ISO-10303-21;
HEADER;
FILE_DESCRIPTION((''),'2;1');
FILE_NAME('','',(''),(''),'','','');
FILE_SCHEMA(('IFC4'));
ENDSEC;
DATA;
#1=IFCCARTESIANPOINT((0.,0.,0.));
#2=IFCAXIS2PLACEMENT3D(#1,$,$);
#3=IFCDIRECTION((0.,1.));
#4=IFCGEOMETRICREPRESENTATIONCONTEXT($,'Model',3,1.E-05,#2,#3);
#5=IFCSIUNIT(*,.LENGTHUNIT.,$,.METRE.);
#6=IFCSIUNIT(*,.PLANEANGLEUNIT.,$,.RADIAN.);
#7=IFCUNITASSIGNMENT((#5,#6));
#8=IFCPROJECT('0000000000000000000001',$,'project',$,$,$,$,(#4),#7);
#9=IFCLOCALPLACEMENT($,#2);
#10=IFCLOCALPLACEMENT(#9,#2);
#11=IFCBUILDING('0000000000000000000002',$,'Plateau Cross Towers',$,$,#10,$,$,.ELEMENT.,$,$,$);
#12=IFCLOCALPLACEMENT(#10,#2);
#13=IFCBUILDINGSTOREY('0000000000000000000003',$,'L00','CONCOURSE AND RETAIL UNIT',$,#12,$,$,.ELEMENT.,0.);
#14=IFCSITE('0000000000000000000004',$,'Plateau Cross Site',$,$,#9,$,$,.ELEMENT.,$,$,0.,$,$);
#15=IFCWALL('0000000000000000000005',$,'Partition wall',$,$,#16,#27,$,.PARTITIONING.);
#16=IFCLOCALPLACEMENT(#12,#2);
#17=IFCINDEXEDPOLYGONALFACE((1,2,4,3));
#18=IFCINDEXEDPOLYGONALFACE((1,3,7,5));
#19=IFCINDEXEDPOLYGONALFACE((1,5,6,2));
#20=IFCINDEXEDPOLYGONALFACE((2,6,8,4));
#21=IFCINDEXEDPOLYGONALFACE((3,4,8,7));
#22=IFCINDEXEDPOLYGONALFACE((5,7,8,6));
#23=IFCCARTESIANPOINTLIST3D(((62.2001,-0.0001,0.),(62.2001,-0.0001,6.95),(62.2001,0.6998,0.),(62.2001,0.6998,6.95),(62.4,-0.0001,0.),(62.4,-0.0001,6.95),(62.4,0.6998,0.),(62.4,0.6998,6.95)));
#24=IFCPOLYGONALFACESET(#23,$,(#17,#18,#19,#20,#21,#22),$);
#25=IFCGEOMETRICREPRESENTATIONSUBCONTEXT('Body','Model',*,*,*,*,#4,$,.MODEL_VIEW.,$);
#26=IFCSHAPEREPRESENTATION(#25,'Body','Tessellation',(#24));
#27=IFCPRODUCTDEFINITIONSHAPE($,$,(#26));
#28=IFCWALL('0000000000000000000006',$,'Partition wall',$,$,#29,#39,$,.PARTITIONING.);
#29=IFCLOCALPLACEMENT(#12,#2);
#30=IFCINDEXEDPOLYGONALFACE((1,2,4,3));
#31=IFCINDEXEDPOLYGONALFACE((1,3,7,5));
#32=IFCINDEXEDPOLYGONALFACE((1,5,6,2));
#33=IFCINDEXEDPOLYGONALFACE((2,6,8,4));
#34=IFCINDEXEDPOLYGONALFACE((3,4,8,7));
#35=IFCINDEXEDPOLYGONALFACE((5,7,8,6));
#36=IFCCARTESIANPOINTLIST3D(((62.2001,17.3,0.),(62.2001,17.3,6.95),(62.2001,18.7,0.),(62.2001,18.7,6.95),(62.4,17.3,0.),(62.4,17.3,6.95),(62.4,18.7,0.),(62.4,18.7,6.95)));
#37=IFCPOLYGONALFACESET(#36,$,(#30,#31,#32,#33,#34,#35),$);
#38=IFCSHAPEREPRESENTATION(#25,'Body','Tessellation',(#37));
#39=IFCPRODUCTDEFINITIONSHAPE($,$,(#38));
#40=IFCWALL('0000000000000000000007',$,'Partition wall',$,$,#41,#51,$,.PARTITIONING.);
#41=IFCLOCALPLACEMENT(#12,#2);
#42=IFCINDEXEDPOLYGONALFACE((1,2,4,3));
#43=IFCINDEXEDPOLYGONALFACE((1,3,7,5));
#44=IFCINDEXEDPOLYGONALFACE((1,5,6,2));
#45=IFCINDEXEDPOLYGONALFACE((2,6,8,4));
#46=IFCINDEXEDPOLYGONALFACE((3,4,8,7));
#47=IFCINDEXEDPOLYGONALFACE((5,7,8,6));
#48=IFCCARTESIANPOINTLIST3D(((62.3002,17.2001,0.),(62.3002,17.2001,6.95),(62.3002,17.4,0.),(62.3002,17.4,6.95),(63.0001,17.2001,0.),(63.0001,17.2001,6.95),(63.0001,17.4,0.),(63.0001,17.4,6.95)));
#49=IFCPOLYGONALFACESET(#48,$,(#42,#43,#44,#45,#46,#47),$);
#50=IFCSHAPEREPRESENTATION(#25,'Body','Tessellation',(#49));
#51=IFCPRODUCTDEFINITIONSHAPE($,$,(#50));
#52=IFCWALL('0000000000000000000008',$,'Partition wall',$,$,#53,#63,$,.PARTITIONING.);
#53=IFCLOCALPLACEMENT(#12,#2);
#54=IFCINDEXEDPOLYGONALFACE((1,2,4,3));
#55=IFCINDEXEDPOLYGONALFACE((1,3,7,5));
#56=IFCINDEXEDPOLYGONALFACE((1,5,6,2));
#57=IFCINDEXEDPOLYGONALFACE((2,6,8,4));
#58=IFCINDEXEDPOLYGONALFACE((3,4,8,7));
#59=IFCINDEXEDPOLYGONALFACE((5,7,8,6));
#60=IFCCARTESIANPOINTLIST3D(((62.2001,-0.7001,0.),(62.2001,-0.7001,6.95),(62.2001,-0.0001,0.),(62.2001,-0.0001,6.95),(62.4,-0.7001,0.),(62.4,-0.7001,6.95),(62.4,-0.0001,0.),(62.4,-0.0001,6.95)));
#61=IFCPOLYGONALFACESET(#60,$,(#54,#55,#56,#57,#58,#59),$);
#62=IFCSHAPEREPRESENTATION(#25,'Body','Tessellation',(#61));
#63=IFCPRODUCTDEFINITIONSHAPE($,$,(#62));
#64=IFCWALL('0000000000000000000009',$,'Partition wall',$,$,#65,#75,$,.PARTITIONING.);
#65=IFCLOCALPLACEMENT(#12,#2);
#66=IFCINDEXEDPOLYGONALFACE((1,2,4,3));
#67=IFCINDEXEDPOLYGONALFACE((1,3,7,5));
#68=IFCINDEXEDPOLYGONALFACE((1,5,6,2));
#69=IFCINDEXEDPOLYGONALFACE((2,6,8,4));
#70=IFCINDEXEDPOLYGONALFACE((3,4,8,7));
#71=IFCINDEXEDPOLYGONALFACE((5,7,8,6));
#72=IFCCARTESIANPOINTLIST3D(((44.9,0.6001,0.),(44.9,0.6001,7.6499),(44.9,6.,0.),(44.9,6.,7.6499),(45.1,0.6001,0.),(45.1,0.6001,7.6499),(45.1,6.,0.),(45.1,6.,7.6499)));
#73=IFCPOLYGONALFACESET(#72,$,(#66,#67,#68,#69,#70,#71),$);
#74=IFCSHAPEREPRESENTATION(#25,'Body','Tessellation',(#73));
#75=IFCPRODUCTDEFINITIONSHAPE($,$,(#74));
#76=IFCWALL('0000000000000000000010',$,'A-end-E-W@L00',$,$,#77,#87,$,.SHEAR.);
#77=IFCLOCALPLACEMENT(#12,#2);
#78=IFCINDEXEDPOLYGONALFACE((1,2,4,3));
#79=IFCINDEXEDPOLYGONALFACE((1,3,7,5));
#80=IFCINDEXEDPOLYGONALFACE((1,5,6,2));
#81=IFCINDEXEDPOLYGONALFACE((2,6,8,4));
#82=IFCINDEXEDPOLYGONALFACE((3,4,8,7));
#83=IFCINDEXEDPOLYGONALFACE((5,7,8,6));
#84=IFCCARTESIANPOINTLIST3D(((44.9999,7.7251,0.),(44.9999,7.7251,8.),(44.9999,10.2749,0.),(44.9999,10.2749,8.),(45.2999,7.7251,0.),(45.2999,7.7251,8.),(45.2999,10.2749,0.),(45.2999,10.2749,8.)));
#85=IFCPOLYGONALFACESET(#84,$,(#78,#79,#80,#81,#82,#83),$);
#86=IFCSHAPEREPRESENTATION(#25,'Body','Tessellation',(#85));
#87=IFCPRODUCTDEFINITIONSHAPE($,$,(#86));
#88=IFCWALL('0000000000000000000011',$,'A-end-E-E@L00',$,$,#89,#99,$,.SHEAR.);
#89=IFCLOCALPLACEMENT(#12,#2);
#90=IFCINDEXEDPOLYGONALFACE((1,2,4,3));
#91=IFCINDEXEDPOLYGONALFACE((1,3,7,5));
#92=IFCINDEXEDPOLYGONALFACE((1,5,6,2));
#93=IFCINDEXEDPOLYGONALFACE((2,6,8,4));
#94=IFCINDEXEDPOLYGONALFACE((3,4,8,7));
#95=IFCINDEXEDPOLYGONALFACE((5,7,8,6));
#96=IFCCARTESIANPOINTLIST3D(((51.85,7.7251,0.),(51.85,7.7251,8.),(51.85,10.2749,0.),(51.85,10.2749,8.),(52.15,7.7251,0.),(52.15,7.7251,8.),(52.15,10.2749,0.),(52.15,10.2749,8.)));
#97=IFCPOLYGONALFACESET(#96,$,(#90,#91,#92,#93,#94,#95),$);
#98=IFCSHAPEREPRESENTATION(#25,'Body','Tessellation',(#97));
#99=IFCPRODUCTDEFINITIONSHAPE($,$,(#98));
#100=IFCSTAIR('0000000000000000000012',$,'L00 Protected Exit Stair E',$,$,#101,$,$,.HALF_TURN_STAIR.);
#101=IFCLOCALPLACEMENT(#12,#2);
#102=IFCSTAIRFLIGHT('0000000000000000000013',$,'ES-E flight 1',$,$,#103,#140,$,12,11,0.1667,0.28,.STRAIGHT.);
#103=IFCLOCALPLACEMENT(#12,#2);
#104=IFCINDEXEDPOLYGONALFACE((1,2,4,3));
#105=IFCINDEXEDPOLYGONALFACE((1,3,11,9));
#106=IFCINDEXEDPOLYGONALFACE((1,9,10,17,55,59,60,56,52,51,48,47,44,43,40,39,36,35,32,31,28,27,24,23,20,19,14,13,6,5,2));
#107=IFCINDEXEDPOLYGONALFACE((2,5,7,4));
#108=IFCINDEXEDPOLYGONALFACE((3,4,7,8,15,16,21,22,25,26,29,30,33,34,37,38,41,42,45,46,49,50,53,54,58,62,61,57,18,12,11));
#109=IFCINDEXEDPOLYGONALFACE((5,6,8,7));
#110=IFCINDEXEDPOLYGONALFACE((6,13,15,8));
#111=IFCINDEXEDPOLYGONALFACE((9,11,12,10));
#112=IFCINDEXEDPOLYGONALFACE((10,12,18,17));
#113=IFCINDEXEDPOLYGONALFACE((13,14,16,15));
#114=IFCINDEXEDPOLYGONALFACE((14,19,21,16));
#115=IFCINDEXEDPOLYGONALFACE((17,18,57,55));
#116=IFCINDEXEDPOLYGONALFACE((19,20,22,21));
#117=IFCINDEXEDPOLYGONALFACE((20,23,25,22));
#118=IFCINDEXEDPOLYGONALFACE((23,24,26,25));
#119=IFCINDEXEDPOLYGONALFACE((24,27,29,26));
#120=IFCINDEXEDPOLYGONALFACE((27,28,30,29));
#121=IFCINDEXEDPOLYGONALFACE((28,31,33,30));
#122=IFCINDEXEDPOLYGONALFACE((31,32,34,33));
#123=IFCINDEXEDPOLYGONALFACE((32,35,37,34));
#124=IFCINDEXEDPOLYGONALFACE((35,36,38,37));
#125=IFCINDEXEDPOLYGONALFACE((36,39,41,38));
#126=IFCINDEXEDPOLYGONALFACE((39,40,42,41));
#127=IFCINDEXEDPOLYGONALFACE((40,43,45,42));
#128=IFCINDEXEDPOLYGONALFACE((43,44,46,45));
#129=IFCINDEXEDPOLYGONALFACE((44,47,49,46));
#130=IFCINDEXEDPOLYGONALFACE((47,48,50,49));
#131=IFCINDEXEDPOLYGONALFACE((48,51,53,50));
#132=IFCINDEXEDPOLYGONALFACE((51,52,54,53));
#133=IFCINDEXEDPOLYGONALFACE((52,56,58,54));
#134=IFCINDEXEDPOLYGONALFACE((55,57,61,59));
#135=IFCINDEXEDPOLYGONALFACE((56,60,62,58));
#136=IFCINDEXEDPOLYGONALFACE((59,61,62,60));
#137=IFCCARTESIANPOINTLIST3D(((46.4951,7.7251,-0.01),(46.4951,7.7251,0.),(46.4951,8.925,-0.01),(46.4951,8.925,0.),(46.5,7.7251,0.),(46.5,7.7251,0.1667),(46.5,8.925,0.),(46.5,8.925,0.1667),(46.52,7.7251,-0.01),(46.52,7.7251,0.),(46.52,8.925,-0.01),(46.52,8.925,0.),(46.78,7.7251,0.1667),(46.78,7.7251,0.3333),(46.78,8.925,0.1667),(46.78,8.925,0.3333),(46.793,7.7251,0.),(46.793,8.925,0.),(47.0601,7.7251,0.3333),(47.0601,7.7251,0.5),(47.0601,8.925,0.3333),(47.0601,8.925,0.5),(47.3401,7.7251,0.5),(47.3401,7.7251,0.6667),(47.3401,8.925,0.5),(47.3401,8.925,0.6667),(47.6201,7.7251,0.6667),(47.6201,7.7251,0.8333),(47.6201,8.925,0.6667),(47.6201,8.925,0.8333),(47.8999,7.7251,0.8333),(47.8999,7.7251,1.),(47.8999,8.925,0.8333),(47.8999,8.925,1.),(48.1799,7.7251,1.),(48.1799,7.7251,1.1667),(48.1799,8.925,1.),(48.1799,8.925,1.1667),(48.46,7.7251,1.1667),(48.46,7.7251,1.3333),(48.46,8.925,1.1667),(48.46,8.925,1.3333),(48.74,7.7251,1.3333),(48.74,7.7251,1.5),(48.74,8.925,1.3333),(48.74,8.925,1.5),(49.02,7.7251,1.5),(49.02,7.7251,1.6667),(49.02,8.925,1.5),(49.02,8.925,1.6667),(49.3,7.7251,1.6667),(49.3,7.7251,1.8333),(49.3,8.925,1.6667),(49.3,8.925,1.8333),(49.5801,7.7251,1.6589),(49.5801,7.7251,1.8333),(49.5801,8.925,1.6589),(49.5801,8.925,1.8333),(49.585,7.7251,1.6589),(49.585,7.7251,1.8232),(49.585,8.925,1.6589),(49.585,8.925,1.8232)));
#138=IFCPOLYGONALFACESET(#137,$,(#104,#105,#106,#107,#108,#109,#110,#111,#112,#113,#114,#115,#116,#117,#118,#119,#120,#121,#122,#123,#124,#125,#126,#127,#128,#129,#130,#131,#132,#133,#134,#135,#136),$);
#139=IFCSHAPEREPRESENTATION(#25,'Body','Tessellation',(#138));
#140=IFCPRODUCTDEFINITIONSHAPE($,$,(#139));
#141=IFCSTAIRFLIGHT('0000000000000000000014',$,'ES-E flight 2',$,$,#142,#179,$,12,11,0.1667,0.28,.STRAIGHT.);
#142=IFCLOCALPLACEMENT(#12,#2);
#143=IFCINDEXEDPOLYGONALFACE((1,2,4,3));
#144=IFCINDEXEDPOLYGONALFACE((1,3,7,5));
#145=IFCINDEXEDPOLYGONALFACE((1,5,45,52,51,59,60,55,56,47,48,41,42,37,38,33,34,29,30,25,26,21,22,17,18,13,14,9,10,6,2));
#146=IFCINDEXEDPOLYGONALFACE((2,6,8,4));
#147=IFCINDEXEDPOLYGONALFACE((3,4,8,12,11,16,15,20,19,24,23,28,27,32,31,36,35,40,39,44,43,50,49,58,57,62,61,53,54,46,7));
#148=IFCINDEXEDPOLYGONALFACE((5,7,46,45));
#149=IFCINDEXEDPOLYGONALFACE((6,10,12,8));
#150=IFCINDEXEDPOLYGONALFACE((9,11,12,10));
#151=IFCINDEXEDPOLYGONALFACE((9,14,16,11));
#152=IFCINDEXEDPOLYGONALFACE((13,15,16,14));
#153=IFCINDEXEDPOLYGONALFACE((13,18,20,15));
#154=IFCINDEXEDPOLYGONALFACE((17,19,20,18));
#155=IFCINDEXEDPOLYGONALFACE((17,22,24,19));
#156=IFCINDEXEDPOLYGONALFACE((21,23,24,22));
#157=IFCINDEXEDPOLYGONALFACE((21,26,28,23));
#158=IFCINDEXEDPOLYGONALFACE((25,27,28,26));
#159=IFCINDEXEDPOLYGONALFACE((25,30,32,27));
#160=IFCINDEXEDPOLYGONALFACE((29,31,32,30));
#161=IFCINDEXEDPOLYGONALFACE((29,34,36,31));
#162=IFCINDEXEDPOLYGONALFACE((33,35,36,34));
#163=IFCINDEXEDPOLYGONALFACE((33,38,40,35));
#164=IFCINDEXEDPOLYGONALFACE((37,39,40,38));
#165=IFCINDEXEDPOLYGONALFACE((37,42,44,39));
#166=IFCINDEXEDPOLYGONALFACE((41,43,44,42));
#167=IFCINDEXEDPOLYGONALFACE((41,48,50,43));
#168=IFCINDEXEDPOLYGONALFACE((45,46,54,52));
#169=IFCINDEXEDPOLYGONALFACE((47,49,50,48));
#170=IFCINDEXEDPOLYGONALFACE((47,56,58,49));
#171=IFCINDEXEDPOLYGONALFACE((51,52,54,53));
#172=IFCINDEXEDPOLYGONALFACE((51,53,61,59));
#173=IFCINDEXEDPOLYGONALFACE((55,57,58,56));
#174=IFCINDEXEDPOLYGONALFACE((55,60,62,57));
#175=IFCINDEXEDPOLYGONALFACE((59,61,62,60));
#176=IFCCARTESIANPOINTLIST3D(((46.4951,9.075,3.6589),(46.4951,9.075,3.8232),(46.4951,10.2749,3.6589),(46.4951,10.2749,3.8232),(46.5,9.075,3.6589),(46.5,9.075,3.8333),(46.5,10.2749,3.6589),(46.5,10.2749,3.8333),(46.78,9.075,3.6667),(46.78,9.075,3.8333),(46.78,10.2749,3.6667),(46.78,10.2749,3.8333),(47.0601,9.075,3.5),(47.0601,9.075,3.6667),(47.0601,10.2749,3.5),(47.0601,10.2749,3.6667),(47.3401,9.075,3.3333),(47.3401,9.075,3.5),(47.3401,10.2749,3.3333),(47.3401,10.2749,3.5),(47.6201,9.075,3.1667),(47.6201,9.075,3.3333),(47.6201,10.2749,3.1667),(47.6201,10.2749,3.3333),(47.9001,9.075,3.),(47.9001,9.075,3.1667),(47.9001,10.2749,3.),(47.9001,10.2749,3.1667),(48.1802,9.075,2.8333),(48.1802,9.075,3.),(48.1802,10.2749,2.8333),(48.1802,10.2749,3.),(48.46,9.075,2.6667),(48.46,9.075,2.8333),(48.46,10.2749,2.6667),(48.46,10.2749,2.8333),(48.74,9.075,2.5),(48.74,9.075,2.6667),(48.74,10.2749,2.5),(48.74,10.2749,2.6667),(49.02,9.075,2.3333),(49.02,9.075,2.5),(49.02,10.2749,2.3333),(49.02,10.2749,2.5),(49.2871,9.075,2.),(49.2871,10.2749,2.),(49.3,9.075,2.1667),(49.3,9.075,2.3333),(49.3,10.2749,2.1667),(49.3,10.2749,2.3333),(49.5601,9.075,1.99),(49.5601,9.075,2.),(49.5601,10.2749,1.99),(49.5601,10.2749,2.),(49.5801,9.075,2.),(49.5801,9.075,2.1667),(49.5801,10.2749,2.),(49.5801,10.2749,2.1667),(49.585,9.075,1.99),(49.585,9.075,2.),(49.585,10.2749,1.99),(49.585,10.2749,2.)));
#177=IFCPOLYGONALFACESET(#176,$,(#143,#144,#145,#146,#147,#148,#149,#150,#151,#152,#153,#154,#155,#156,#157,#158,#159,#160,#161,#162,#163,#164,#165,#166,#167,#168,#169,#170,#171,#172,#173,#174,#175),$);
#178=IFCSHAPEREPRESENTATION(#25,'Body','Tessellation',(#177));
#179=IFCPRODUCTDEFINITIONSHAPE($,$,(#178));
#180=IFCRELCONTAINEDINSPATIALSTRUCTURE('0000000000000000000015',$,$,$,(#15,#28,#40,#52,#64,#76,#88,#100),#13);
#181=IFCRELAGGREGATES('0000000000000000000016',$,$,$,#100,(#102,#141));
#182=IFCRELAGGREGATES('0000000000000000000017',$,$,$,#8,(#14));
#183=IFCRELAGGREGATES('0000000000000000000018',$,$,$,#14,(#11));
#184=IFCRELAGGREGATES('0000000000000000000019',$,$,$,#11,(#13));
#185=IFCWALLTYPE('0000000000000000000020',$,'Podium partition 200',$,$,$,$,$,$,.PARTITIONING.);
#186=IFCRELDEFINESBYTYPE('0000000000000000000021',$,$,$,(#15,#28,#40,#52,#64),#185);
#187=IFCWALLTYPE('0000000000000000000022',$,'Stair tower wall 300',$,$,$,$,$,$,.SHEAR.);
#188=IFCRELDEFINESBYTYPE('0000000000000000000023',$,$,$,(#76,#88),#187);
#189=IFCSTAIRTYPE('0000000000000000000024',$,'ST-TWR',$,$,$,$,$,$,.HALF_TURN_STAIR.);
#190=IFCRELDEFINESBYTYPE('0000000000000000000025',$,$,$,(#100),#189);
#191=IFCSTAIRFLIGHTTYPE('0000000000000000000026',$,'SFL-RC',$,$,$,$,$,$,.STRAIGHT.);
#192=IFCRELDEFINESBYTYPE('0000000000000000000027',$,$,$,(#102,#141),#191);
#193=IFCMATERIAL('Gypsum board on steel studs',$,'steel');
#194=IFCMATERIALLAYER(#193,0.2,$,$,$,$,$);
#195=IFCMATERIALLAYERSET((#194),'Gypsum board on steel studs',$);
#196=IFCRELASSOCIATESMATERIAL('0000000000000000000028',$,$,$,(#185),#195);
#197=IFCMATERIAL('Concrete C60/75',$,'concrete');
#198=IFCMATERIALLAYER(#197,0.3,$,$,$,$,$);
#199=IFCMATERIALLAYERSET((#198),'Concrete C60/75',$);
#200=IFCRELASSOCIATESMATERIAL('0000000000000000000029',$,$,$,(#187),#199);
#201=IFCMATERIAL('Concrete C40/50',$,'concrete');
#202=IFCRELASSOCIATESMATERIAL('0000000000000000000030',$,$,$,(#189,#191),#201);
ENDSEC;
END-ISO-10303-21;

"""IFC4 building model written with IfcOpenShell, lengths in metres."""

from ifc_helpers import new_model, si_unit, direction, frame, frame_2d, origin, place, context, subcontext, project, spatial, polyline, rectangle, outline, extrude, material, layer, layer_set, type_object, element, aggregate, save


model = new_model("IFC4")

# Units and contexts
model_context = context("Model", 3, precision=1e-05, world=origin(), true_north=direction((0.0, 1.0)))
body_context = subcontext(model_context, "Body", "Model", "MODEL_VIEW")
ifc_project = project(units=[si_unit("LENGTHUNIT", "METRE"), si_unit("PLANEANGLEUNIT", "RADIAN")], contexts=[model_context])

# Site, building, storey
site_placement = place(None, origin())
site = spatial("IfcSite", under=ifc_project, at=site_placement, Name="Plateau Cross Site", CompositionType="ELEMENT", RefElevation=0.0)
building_placement = place(site_placement, origin())
building = spatial("IfcBuilding", under=site, at=building_placement, Name="Plateau Cross Towers", CompositionType="ELEMENT")
storey_placement = place(building_placement, origin())
storey = spatial("IfcBuildingStorey", under=building, at=storey_placement, Name="L00", Description="CONCOURSE AND RETAIL UNIT", CompositionType="ELEMENT", Elevation=0.0)

# Shared definitions
ifc_material_1 = material(Name="Concrete C60/75", Category="concrete")

# Shared definitions
ifc_material_2 = material(Name="Gypsum board on steel studs", Category="steel")
ifc_layer_1 = layer(ifc_material_2, 0.2)
ifc_layer_set_1 = layer_set([ifc_layer_1], Name="Gypsum board on steel studs")
wall_type_1 = type_object("IfcWallType", Name="Podium partition 200", PredefinedType="PARTITIONING", material=ifc_layer_set_1)

# Walls
for number, where, z_axis, x_axis, name in (
    (1, (62.3, 0.7, 0.0), (0.0, 0.0, 1.0), (0.0, -1.0, 0.0), "Partition wall"),
):
    element("IfcWall", number, at=place(storey_placement, frame(where, z_axis=z_axis, x_axis=x_axis)), inside=storey, type_object=wall_type_1, Name=name, PredefinedType="PARTITIONING", context=body_context, shape_type="SweptSolid", body=[
        extrude(rectangle(XDim=0.7, YDim=0.2, at=frame_2d((0.3501, 0.0))), origin(), (0.0, 0.0, 1.0), 6.95),
    ])
wall_1_placement = place(storey_placement, frame((62.3, 18.7, 0.0), z_axis=(0.0, 0.0, 1.0), x_axis=(0.0, -1.0, 0.0)))
element("IfcWall", 2, at=wall_1_placement, inside=storey, type_object=wall_type_1, Name="Partition wall", PredefinedType="PARTITIONING", context=body_context, shape_type="SweptSolid", body=[
    extrude(rectangle(XDim=1.3999, YDim=0.2, at=frame_2d((0.7, 0.0))), origin(), (0.0, 0.0, 1.0), 6.95),
])
for number, where, z_axis, x_axis, name in (
    (3, (62.3, 17.3, 0.0), (0.0, 0.0, 1.0), (1.0, 0.0, 0.0), "Partition wall"),
    (4, (62.3, 0.0, 0.0), (0.0, 0.0, 1.0), (0.0, -1.0, 0.0), "Partition wall"),
):
    element("IfcWall", number, at=place(storey_placement, frame(where, z_axis=z_axis, x_axis=x_axis)), inside=storey, type_object=wall_type_1, Name=name, PredefinedType="PARTITIONING", context=body_context, shape_type="SweptSolid", body=[
        extrude(rectangle(XDim=0.7, YDim=0.2, at=frame_2d((0.3501, 0.0))), origin(), (0.0, 0.0, 1.0), 6.95),
    ])
wall_2_placement = place(storey_placement, frame((45.0, 6.0, 0.0), z_axis=(0.0, 0.0, 1.0), x_axis=(0.0, -1.0, 0.0)))
element("IfcWall", 5, at=wall_2_placement, inside=storey, type_object=wall_type_1, Name="Partition wall", PredefinedType="PARTITIONING", context=body_context, shape_type="SweptSolid", body=[
    extrude(rectangle(XDim=5.3999, YDim=0.2, at=frame_2d((2.7, 0.0))), origin(), (0.0, 0.0, 1.0), 7.6499),
])
ifc_layer_2 = layer(ifc_material_1, 0.3)
ifc_layer_set_2 = layer_set([ifc_layer_2], Name="Concrete C60/75")
wall_type_2 = type_object("IfcWallType", Name="Stair tower wall 300", PredefinedType="SHEAR", material=ifc_layer_set_2)
for number, where, z_axis, x_axis, name in (
    (6, (45.1499, 7.7251, 0.0), (0.0, 0.0, 1.0), (0.0, 1.0, 0.0), "A-end-E-W@L00"),
    (7, (52.0, 7.7251, 0.0), (0.0, 0.0, 1.0), (0.0, 1.0, 0.0), "A-end-E-E@L00"),
):
    element("IfcWall", number, at=place(storey_placement, frame(where, z_axis=z_axis, x_axis=x_axis)), inside=storey, type_object=wall_type_2, Name=name, PredefinedType="SHEAR", context=body_context, shape_type="SweptSolid", body=[
        extrude(rectangle(XDim=2.5498, YDim=0.3, at=frame_2d((1.2749, 0.0))), origin(), (0.0, 0.0, 1.0), 8.0),
    ])

# Stair, stair flights
ifc_material_3 = material(Name="Concrete C40/50", Category="concrete")
stair_type = type_object("IfcStairType", Name="ST-TWR", PredefinedType="HALF_TURN_STAIR", material=ifc_material_3)
stair_placement = place(storey_placement, origin())
stair = element("IfcStair", 8, at=stair_placement, inside=storey, type_object=stair_type, Name="L00 Protected Exit Stair E", PredefinedType="HALF_TURN_STAIR")
stair_flight_type = type_object("IfcStairFlightType", Name="SFL-RC", PredefinedType="STRAIGHT", material=ifc_material_3)
stair_flight_1_placement = place(storey_placement, frame((46.5, 8.325, 0.0), z_axis=(0.0, 0.0, 1.0), x_axis=(1.0, 0.0, 0.0)))
stair_flight_1 = element("IfcStairFlight", 9, at=stair_flight_1_placement, type_object=stair_flight_type, Name="ES-E flight 1", NumberOfRisers=12, NumberOfTreads=11, PredefinedType="STRAIGHT", RiserHeight=0.1667, TreadLength=0.28, context=body_context, shape_type="SweptSolid", body=[
    extrude(outline(polyline([(-0.0049, -0.01), (-0.0049, 0.0), (0.0, 0.0), (0.0, 0.1667), (0.28, 0.1667), (0.28, 0.3333), (0.5601, 0.3333), (0.5601, 0.5), (0.8401, 0.5), (0.8401, 0.6667), (1.1201, 0.6667), (1.1201, 0.8333), (1.3999, 0.8333), (1.3999, 1.0), (1.6799, 1.0), (1.6799, 1.1667), (1.96, 1.1667), (1.96, 1.3333), (2.24, 1.3333), (2.24, 1.5), (2.52, 1.5), (2.52, 1.6667), (2.8, 1.6667), (2.8, 1.8333), (3.0801, 1.8333), (3.085, 1.8232), (3.085, 1.6589), (3.0801, 1.6589), (0.293, 0.0), (0.02, 0.0), (0.02, -0.01), (-0.0049, -0.01)])), frame((0.0, 0.6001, 0.0), z_axis=(0.0, -1.0, 0.0), x_axis=(1.0, 0.0, 0.0)), (0.0, 0.0, 1.0), 1.2),
])
stair_flight_2_placement = place(storey_placement, frame((49.5801, 9.675, 2.0), z_axis=(0.0, 0.0, 1.0), x_axis=(-1.0, 0.0, 0.0)))
stair_flight_2 = element("IfcStairFlight", 10, at=stair_flight_2_placement, type_object=stair_flight_type, Name="ES-E flight 2", NumberOfRisers=12, NumberOfTreads=11, PredefinedType="STRAIGHT", RiserHeight=0.1667, TreadLength=0.28, context=body_context, shape_type="SweptSolid", body=[
    extrude(outline(polyline([(-0.0049, -0.01), (-0.0049, 0.0), (0.0, 0.0), (0.0, 0.1667), (0.28, 0.1667), (0.28, 0.3333), (0.5601, 0.3333), (0.5601, 0.5), (0.8401, 0.5), (0.8401, 0.6667), (1.1201, 0.6667), (1.1201, 0.8333), (1.3999, 0.8333), (1.3999, 1.0), (1.6799, 1.0), (1.6799, 1.1667), (1.96, 1.1667), (1.96, 1.3333), (2.24, 1.3333), (2.24, 1.5), (2.52, 1.5), (2.52, 1.6667), (2.8, 1.6667), (2.8, 1.8333), (3.0801, 1.8333), (3.085, 1.8232), (3.085, 1.6589), (3.0801, 1.6589), (0.293, 0.0), (0.02, 0.0), (0.02, -0.01), (-0.0049, -0.01)])), frame((0.0, 0.6001, 0.0), z_axis=(0.0, -1.0, 0.0), x_axis=(1.0, 0.0, 0.0)), (0.0, 0.0, 1.0), 1.2),
])
aggregate(stair, [stair_flight_1, stair_flight_2])

save(model, "model.ifc")
